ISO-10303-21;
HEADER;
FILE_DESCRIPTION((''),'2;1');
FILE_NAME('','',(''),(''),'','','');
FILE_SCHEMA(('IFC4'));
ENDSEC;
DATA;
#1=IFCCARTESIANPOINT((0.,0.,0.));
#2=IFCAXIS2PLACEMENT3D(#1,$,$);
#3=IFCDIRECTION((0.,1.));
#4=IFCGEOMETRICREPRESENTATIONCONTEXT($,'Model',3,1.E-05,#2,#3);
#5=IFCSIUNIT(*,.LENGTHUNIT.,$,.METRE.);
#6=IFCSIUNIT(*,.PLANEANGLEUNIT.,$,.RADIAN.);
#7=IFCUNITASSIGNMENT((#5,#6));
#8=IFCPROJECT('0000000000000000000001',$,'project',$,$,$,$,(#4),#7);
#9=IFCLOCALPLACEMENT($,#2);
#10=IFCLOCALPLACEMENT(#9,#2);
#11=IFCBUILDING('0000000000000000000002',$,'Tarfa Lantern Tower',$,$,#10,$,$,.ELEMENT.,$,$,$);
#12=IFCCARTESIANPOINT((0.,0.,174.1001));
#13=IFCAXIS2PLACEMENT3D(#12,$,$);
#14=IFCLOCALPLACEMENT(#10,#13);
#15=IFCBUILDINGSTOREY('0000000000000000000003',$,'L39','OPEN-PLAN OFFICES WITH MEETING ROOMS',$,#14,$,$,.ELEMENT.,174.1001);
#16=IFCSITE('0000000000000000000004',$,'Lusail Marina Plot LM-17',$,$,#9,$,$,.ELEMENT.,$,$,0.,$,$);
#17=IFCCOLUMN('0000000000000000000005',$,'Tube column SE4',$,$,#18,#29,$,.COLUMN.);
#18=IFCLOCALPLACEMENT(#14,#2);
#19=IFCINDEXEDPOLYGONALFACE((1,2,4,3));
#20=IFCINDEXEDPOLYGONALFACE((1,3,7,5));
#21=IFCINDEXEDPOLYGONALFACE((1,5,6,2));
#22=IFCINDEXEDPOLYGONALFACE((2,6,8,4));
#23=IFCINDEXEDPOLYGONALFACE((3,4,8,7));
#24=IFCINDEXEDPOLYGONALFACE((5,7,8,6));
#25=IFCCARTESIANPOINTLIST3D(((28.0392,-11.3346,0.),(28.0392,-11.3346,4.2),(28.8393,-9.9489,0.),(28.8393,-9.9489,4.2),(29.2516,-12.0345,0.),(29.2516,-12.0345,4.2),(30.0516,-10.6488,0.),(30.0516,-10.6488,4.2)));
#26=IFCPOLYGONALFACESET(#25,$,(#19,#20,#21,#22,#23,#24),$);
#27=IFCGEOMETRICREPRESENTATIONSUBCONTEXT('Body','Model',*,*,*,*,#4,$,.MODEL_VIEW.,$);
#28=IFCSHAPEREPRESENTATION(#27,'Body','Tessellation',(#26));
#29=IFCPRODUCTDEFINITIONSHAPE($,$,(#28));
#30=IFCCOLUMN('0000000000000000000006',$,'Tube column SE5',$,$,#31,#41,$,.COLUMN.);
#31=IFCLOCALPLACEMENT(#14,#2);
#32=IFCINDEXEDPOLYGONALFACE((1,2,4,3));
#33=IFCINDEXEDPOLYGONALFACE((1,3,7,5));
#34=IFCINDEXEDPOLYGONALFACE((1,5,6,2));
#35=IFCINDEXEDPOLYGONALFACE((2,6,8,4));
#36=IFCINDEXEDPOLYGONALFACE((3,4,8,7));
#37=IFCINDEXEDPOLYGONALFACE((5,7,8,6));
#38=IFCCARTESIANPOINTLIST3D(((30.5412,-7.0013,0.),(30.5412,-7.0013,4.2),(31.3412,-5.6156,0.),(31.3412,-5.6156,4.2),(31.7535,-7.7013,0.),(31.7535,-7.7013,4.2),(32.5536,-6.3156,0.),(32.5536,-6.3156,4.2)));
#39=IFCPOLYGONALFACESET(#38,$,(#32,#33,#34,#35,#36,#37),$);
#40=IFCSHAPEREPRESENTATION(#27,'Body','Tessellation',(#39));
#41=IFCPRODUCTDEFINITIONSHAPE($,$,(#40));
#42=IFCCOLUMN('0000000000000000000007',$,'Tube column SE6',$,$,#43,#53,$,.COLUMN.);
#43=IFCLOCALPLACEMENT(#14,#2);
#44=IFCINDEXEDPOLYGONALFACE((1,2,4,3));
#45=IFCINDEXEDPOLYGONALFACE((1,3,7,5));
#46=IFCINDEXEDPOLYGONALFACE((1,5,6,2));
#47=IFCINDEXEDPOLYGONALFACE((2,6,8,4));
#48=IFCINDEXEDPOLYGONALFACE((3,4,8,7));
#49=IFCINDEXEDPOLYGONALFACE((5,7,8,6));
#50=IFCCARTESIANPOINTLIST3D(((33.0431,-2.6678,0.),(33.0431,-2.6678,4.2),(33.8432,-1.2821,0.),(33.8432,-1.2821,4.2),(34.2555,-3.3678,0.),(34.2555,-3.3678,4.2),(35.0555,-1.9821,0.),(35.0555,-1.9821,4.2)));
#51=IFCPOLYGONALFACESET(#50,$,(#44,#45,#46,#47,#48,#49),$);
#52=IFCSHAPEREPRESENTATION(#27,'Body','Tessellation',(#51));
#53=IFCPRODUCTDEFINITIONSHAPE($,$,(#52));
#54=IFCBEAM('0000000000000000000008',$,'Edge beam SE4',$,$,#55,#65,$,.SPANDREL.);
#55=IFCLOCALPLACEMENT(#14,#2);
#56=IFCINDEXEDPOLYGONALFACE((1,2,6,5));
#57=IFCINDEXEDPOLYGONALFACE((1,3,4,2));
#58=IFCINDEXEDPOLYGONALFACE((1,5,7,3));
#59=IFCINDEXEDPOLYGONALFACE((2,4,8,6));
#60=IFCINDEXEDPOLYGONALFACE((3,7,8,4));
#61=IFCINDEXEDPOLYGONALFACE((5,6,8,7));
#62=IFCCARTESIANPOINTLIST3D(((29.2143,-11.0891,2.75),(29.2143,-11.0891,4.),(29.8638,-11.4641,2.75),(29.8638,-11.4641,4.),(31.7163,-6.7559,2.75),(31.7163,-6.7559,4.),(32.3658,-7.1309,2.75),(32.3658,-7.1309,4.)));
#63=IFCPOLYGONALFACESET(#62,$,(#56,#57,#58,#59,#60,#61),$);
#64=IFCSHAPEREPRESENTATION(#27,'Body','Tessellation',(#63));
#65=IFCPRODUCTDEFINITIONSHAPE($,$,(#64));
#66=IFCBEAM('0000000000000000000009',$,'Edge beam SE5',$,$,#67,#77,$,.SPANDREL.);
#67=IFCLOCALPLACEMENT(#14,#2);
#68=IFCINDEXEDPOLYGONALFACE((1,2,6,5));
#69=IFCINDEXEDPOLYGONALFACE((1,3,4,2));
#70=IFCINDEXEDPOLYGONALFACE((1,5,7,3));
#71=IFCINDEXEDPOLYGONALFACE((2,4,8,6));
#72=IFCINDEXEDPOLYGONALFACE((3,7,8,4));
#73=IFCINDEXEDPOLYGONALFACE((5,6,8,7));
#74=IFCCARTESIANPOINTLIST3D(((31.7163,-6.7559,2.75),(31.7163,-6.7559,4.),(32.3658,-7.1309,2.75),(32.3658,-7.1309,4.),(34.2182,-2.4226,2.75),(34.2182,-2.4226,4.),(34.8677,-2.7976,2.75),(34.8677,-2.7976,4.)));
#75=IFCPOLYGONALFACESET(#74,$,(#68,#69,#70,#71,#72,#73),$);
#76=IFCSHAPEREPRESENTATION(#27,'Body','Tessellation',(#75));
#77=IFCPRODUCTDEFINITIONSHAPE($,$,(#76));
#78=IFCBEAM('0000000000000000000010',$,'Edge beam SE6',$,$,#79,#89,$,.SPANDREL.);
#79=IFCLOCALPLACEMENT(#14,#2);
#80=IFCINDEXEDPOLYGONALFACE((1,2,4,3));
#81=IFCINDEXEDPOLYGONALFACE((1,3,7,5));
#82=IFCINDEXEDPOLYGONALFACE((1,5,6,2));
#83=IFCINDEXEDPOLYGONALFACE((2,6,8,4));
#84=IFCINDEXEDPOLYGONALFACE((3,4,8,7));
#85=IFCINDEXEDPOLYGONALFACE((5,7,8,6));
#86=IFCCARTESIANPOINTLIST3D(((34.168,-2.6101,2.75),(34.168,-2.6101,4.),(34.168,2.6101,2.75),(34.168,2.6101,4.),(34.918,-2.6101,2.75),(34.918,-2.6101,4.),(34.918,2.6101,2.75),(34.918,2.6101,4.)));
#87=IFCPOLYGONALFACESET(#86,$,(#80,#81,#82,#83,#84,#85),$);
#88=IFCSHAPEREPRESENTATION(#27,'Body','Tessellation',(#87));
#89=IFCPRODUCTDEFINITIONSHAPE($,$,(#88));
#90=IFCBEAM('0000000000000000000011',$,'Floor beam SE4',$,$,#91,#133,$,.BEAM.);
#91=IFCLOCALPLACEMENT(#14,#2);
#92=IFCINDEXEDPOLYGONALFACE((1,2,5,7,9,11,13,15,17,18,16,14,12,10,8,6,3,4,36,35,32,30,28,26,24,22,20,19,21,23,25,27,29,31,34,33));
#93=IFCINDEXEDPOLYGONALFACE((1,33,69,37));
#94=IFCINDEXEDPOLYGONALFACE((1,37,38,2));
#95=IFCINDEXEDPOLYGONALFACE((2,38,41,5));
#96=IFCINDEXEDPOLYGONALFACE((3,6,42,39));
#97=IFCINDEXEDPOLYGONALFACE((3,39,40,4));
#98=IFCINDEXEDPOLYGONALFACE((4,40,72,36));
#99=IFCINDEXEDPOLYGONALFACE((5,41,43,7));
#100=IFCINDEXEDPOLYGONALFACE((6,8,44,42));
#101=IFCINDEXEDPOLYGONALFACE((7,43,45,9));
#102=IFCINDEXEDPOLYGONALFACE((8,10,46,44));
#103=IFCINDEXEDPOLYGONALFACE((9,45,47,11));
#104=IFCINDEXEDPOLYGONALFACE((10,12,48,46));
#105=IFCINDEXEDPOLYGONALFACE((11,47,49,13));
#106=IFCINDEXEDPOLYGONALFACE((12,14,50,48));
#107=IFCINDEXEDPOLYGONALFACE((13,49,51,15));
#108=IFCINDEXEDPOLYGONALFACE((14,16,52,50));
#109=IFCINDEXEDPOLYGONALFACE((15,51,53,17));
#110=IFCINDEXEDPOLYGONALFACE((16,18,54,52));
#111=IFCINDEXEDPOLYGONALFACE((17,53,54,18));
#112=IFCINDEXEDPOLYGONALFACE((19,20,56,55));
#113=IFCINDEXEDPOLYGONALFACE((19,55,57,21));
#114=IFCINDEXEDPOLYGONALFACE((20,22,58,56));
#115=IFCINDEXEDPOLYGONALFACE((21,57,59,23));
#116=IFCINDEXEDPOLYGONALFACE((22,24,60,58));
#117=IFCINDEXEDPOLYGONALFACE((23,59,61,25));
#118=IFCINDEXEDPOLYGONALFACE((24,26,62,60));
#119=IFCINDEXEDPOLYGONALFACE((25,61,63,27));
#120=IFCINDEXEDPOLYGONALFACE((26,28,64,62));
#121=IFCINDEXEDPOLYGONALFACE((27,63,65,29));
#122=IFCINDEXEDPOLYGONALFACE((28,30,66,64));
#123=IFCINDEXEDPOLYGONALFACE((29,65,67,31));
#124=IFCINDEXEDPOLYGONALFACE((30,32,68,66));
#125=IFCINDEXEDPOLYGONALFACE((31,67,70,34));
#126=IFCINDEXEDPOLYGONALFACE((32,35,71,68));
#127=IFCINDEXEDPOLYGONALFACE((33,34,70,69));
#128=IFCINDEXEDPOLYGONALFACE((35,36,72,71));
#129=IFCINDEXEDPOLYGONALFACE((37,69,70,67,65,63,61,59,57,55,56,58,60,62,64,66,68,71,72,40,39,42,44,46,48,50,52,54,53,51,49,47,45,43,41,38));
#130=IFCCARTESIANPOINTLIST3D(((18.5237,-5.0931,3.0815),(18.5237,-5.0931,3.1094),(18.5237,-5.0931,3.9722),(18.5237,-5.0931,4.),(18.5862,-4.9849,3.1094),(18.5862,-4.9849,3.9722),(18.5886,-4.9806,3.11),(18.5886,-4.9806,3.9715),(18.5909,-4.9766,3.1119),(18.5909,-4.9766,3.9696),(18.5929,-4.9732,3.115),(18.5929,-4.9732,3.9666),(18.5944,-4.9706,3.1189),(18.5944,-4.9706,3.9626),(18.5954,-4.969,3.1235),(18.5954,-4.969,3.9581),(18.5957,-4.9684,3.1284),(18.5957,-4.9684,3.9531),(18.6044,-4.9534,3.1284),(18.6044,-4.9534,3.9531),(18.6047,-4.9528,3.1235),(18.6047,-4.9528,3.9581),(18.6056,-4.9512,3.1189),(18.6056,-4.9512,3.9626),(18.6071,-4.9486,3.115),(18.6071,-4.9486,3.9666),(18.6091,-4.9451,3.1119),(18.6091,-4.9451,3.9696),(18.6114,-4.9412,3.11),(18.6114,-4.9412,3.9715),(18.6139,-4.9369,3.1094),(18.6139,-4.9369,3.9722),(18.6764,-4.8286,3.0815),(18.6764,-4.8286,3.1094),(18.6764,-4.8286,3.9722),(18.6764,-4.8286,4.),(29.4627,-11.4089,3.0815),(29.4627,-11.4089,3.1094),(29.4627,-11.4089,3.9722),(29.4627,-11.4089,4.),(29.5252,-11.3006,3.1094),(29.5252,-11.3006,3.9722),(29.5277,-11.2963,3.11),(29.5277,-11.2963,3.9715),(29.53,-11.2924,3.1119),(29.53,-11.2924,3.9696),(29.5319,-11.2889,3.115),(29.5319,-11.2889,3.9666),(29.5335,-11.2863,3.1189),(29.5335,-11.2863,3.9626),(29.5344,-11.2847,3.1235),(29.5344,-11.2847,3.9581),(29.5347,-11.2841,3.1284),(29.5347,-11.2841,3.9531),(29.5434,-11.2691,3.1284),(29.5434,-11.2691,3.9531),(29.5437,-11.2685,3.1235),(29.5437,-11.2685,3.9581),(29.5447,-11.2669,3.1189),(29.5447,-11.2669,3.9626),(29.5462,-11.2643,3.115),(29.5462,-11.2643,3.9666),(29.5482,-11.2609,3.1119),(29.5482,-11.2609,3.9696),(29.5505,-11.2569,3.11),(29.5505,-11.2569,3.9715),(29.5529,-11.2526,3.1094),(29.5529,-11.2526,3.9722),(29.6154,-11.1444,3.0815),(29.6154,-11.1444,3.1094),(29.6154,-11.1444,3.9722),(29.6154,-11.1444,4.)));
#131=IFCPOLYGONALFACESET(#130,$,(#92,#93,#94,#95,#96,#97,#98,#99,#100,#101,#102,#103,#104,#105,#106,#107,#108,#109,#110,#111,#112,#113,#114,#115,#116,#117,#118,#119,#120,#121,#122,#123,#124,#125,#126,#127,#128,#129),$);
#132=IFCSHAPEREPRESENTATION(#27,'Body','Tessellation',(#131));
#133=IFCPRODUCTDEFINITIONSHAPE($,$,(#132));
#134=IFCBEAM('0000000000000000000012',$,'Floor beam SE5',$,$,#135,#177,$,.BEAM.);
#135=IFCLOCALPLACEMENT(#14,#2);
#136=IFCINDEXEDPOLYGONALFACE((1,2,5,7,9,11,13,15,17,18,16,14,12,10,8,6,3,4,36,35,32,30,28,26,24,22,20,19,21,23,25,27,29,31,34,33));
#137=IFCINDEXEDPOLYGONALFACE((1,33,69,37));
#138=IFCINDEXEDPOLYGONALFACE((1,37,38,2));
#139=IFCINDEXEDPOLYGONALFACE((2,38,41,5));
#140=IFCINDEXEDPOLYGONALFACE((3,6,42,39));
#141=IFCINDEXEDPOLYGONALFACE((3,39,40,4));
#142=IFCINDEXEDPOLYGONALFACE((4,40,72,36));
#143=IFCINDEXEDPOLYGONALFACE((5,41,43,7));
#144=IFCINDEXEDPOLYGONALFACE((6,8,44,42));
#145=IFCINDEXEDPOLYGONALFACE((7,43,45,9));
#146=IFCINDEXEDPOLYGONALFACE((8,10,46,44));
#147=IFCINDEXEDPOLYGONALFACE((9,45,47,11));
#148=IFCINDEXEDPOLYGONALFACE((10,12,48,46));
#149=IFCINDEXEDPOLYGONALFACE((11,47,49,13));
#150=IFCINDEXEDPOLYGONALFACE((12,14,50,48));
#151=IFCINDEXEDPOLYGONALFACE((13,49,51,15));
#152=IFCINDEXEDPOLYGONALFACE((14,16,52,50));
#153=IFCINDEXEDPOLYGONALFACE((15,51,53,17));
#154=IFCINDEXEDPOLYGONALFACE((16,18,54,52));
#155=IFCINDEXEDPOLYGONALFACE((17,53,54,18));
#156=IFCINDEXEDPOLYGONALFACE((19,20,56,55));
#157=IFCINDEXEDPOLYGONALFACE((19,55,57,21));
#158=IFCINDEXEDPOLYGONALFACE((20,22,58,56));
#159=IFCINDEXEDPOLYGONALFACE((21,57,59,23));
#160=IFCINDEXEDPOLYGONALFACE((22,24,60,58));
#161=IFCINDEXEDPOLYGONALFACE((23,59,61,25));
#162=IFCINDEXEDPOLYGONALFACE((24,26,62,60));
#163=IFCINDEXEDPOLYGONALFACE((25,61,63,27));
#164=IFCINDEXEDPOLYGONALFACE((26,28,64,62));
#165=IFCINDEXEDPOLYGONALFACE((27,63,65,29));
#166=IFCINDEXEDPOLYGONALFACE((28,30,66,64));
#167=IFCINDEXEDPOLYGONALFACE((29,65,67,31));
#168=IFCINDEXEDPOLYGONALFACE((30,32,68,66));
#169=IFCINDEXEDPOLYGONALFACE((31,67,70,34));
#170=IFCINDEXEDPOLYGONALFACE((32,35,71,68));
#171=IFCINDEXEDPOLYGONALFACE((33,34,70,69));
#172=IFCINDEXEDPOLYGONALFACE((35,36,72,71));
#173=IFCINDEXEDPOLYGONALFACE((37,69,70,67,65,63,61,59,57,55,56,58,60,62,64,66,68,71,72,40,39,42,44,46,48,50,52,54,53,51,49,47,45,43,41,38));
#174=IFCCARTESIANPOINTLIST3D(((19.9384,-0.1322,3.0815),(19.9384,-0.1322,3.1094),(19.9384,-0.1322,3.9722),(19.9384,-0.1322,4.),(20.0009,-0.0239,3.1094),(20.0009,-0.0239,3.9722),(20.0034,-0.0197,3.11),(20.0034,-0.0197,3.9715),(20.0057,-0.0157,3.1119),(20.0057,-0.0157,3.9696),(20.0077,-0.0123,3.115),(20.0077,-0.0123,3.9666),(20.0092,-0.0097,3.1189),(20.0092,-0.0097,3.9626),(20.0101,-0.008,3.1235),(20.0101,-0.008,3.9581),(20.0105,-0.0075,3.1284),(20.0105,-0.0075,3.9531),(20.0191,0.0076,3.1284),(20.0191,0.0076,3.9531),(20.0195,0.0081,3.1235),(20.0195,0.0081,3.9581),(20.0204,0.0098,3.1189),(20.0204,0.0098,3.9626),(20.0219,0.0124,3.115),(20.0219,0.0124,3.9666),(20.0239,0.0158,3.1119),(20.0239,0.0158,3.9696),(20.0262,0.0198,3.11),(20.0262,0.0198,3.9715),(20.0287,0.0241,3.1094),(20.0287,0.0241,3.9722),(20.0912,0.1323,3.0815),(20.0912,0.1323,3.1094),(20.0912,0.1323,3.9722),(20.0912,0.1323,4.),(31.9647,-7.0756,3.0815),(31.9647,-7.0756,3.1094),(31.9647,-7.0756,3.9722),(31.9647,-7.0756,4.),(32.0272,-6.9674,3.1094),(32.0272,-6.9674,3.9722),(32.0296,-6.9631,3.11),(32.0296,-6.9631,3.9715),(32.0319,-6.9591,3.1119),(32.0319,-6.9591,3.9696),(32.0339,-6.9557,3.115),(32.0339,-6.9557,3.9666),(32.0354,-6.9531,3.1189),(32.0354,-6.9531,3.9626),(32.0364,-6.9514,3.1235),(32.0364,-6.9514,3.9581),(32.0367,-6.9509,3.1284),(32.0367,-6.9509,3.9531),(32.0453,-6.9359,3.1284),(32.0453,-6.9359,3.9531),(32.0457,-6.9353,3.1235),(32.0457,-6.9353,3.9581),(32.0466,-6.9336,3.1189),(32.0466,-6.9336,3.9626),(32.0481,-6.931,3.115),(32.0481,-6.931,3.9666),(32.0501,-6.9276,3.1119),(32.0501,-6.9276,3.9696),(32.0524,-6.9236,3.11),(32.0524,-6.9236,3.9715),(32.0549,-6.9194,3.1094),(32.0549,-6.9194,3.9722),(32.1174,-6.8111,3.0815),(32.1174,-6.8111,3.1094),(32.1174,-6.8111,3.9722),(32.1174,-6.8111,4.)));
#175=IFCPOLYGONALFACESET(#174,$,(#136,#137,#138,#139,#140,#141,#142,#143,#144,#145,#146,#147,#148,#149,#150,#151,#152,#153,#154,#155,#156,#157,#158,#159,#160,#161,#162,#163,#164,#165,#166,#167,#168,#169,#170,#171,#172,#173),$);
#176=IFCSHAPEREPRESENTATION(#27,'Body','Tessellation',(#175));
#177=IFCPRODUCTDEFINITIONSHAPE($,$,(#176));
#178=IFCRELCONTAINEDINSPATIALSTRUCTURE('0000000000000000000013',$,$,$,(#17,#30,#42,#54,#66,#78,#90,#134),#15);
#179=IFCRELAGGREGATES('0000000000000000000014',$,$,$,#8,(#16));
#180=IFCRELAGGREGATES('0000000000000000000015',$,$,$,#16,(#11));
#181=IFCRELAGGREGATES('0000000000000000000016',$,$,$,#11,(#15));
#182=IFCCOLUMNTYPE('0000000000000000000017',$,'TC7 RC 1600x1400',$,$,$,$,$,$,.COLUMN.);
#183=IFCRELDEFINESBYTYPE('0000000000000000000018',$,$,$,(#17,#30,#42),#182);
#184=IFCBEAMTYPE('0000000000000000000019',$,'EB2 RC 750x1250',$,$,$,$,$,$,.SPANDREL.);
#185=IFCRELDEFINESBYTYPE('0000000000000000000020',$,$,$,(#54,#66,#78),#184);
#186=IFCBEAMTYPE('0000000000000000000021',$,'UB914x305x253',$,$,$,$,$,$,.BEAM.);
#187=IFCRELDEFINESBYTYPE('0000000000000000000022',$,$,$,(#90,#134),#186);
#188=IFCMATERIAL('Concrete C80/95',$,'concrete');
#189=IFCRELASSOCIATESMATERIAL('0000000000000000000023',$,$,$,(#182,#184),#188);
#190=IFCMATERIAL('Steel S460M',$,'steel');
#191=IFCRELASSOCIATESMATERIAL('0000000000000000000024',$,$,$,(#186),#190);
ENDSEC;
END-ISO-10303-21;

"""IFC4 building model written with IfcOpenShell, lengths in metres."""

from ifc_helpers import new_model, si_unit, direction, frame, origin, origin_2d, place, context, subcontext, project, spatial, rectangle, i_section, extrude, material, material_profile, profile_set, type_object, element, save


model = new_model("IFC4")

# Units and contexts
model_context = context("Model", 3, precision=1e-05, world=origin(), true_north=direction((0.0, 1.0)))
body_context = subcontext(model_context, "Body", "Model", "MODEL_VIEW")
ifc_project = project(units=[si_unit("LENGTHUNIT", "METRE"), si_unit("PLANEANGLEUNIT", "RADIAN")], contexts=[model_context])

# Site, building, storey
site_placement = place(None, origin())
site = spatial("IfcSite", under=ifc_project, at=site_placement, Name="Lusail Marina Plot LM-17", CompositionType="ELEMENT", RefElevation=0.0)
building_placement = place(site_placement, origin())
building = spatial("IfcBuilding", under=site, at=building_placement, Name="Tarfa Lantern Tower", CompositionType="ELEMENT")
storey_placement = place(building_placement, frame((0.0, 0.0, 174.1001)))
storey = spatial("IfcBuildingStorey", under=building, at=storey_placement, Name="L39", Description="OPEN-PLAN OFFICES WITH MEETING ROOMS", CompositionType="ELEMENT", Elevation=174.1001)

# Columns
ifc_material_1 = material(Name="Concrete C80/95", Category="concrete")
ifc_material_profile_1 = material_profile(ifc_material_1, rectangle(XDim=1.6001, YDim=1.3999, at=origin_2d()), Name="RC 1600x1400")
ifc_profile_set_1 = profile_set([ifc_material_profile_1], Name="Concrete C80/95")
column_type = type_object("IfcColumnType", Name="TC7 RC 1600x1400", PredefinedType="COLUMN", material=ifc_profile_set_1)
for number, where, z_axis, x_axis, name in (
    (1, (29.0454, -10.9917, 0.0), (0.0, 0.0, 1.0), (0.5, 0.866025, 0.0), "Tube column SE4"),
    (2, (31.5474, -6.6584, 0.0), (0.0, 0.0, 1.0), (0.5, 0.866025, 0.0), "Tube column SE5"),
    (3, (34.0493, -2.325, 0.0), (0.0, 0.0, 1.0), (0.5, 0.866025, 0.0), "Tube column SE6"),
):
    element("IfcColumn", number, at=place(storey_placement, frame(where, z_axis=z_axis, x_axis=x_axis)), inside=storey, type_object=column_type, Name=name, PredefinedType="COLUMN", context=body_context, shape_type="SweptSolid", body=[
        extrude(rectangle(XDim=1.6001, YDim=1.3999, at=origin_2d()), origin(), (0.0, 0.0, 1.0), 4.2),
    ])

# Beams
ifc_material_profile_2 = material_profile(ifc_material_1, rectangle(XDim=0.75, YDim=1.25, at=origin_2d()), Name="RC 750x1250")
ifc_profile_set_2 = profile_set([ifc_material_profile_2], Name="Concrete C80/95")
beam_type_1 = type_object("IfcBeamType", Name="EB2 RC 750x1250", PredefinedType="SPANDREL", material=ifc_profile_set_2)
for number, where, z_axis, x_axis, name in (
    (4, (29.5391, -11.2766, 3.375), (0.500022, 0.866013, 0.0), (-0.866013, 0.500022, 0.0), "Edge beam SE4"),
    (5, (32.041, -6.9434, 3.375), (0.500022, 0.866013, 0.0), (-0.866013, 0.500022, 0.0), "Edge beam SE5"),
):
    element("IfcBeam", number, at=place(storey_placement, frame(where, z_axis=z_axis, x_axis=x_axis)), inside=storey, type_object=beam_type_1, Name=name, PredefinedType="SPANDREL", context=body_context, shape_type="SweptSolid", body=[
        extrude(rectangle(XDim=0.75, YDim=1.25, at=origin_2d()), origin(), (0.0, 0.0, 1.0), 5.0037),
    ])
beam_1_placement = place(storey_placement, frame((34.543, -2.6101, 3.375), z_axis=(0.0, 1.0, 0.0), x_axis=(-1.0, 0.0, 0.0)))
element("IfcBeam", 6, at=beam_1_placement, inside=storey, type_object=beam_type_1, Name="Edge beam SE6", PredefinedType="SPANDREL", context=body_context, shape_type="SweptSolid", body=[
    extrude(rectangle(XDim=0.75, YDim=1.25, at=origin_2d()), origin(), (0.0, 0.0, 1.0), 5.2202),
])
ifc_material_2 = material(Name="Steel S460M", Category="steel")
ifc_material_profile_3 = material_profile(ifc_material_2, i_section(OverallWidth=0.3054, OverallDepth=0.9185, WebThickness=0.0173, FlangeThickness=0.0278, FilletRadius=0.019, at=origin_2d()), Name="UB914x305x253")
ifc_profile_set_3 = profile_set([ifc_material_profile_3], Name="Steel S460M")
beam_type_2 = type_object("IfcBeamType", Name="UB914x305x253", PredefinedType="BEAM", material=ifc_profile_set_3)
beam_2_placement = place(storey_placement, frame((29.5391, -11.2766, 3.5408), z_axis=(-0.866023, 0.500004, 0.0), x_axis=(-0.500004, -0.866023, 0.0)))
element("IfcBeam", 7, at=beam_2_placement, inside=storey, type_object=beam_type_2, Name="Floor beam SE4", PredefinedType="BEAM", context=body_context, shape_type="SweptSolid", body=[
    extrude(i_section(OverallWidth=0.3054, OverallDepth=0.9185, WebThickness=0.0173, FlangeThickness=0.0278, FilletRadius=0.019, at=origin_2d()), origin(), (0.0, 0.0, 1.0), 12.6313),
])
beam_3_placement = place(storey_placement, frame((32.041, -6.9434, 3.5408), z_axis=(-0.866023, 0.500004, 0.0), x_axis=(-0.500004, -0.866023, 0.0)))
element("IfcBeam", 8, at=beam_3_placement, inside=storey, type_object=beam_type_2, Name="Floor beam SE5", PredefinedType="BEAM", context=body_context, shape_type="SweptSolid", body=[
    extrude(i_section(OverallWidth=0.3054, OverallDepth=0.9185, WebThickness=0.0173, FlangeThickness=0.0278, FilletRadius=0.019, at=origin_2d()), origin(), (0.0, 0.0, 1.0), 13.8867),
])

save(model, "model.ifc")
